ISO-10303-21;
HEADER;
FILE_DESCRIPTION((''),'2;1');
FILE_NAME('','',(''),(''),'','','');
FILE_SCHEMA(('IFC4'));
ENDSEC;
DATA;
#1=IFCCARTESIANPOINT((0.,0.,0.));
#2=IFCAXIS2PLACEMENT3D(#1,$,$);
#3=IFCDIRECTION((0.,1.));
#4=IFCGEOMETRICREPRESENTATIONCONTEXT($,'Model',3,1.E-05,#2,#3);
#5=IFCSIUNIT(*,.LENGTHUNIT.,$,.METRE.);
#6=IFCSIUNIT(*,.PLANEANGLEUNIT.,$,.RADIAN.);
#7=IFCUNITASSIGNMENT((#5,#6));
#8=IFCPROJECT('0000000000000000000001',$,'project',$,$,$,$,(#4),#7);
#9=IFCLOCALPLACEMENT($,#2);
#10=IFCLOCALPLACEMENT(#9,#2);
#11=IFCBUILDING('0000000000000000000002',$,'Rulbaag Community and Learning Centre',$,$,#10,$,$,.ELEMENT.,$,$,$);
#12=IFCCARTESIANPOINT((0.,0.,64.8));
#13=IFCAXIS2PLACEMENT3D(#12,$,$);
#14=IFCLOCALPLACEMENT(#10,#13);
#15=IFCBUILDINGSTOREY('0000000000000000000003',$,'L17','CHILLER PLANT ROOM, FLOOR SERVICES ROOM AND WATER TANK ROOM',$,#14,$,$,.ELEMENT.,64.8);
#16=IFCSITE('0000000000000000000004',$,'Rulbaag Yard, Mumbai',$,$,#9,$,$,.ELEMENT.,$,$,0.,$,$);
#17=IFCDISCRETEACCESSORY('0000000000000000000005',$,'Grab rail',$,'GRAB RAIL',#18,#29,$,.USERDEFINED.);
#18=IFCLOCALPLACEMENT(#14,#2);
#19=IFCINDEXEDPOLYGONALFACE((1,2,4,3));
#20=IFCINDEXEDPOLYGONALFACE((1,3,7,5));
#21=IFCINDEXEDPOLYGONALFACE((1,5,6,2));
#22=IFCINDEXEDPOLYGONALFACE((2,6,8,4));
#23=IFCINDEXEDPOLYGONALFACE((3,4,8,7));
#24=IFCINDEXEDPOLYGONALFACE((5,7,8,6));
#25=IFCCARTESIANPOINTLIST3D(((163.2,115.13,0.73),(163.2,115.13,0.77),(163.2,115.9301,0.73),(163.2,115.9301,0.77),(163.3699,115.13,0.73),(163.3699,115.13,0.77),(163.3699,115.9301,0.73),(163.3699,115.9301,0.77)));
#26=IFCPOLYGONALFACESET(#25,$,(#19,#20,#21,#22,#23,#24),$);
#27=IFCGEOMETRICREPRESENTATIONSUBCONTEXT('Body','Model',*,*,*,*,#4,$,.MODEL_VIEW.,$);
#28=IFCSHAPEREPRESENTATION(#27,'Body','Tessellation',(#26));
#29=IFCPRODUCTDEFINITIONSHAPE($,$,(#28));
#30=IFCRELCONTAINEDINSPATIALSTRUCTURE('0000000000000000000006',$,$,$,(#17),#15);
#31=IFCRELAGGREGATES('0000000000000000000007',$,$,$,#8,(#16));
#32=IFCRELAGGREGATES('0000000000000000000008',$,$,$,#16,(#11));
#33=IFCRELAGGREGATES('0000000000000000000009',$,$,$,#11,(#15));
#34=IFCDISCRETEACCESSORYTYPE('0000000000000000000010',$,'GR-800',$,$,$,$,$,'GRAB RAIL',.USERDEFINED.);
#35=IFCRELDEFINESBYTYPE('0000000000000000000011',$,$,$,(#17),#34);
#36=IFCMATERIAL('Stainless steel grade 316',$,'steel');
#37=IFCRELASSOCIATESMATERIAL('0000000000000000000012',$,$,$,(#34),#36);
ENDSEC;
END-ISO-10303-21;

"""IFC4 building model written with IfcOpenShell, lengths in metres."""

from ifc_helpers import new_model, si_unit, direction, frame, origin, origin_2d, place, context, subcontext, project, spatial, rectangle, extrude, material, type_object, element, save


model = new_model("IFC4")

# Units and contexts
model_context = context("Model", 3, precision=1e-05, world=origin(), true_north=direction((0.0, 1.0)))
body_context = subcontext(model_context, "Body", "Model", "MODEL_VIEW")
ifc_project = project(units=[si_unit("LENGTHUNIT", "METRE"), si_unit("PLANEANGLEUNIT", "RADIAN")], contexts=[model_context])

# Site, building, storey
site_placement = place(None, origin())
site = spatial("IfcSite", under=ifc_project, at=site_placement, Name="Rulbaag Yard, Mumbai", CompositionType="ELEMENT", RefElevation=0.0)
building_placement = place(site_placement, origin())
building = spatial("IfcBuilding", under=site, at=building_placement, Name="Rulbaag Community and Learning Centre", CompositionType="ELEMENT")
storey_placement = place(building_placement, frame((0.0, 0.0, 64.8)))
storey = spatial("IfcBuildingStorey", under=building, at=storey_placement, Name="L17", Description="CHILLER PLANT ROOM, FLOOR SERVICES ROOM AND WATER TANK ROOM", CompositionType="ELEMENT", Elevation=64.8)

# Shared definitions
ifc_material_1 = material(Name="Stainless steel grade 316", Category="steel")

# Discrete accessory
discrete_accessory_type_1 = type_object("IfcDiscreteAccessoryType", Name="GR-800", ElementType="GRAB RAIL", PredefinedType="USERDEFINED", material=ifc_material_1)
for number, where, z_axis, x_axis, name in (
    (1, (163.2849, 115.53, 0.73), (0.0, 0.0, 1.0), (1.0, 0.0, 0.0), "Grab rail"),
):
    element("IfcDiscreteAccessory", number, at=place(storey_placement, frame(where, z_axis=z_axis, x_axis=x_axis)), inside=storey, type_object=discrete_accessory_type_1, Name=name, ObjectType="GRAB RAIL", PredefinedType="USERDEFINED", context=body_context, shape_type="SweptSolid", body=[
        extrude(rectangle(XDim=0.1699, YDim=0.8, at=origin_2d()), origin(), (0.0, 0.0, 1.0), 0.04),
    ])

save(model, "model.ifc")
